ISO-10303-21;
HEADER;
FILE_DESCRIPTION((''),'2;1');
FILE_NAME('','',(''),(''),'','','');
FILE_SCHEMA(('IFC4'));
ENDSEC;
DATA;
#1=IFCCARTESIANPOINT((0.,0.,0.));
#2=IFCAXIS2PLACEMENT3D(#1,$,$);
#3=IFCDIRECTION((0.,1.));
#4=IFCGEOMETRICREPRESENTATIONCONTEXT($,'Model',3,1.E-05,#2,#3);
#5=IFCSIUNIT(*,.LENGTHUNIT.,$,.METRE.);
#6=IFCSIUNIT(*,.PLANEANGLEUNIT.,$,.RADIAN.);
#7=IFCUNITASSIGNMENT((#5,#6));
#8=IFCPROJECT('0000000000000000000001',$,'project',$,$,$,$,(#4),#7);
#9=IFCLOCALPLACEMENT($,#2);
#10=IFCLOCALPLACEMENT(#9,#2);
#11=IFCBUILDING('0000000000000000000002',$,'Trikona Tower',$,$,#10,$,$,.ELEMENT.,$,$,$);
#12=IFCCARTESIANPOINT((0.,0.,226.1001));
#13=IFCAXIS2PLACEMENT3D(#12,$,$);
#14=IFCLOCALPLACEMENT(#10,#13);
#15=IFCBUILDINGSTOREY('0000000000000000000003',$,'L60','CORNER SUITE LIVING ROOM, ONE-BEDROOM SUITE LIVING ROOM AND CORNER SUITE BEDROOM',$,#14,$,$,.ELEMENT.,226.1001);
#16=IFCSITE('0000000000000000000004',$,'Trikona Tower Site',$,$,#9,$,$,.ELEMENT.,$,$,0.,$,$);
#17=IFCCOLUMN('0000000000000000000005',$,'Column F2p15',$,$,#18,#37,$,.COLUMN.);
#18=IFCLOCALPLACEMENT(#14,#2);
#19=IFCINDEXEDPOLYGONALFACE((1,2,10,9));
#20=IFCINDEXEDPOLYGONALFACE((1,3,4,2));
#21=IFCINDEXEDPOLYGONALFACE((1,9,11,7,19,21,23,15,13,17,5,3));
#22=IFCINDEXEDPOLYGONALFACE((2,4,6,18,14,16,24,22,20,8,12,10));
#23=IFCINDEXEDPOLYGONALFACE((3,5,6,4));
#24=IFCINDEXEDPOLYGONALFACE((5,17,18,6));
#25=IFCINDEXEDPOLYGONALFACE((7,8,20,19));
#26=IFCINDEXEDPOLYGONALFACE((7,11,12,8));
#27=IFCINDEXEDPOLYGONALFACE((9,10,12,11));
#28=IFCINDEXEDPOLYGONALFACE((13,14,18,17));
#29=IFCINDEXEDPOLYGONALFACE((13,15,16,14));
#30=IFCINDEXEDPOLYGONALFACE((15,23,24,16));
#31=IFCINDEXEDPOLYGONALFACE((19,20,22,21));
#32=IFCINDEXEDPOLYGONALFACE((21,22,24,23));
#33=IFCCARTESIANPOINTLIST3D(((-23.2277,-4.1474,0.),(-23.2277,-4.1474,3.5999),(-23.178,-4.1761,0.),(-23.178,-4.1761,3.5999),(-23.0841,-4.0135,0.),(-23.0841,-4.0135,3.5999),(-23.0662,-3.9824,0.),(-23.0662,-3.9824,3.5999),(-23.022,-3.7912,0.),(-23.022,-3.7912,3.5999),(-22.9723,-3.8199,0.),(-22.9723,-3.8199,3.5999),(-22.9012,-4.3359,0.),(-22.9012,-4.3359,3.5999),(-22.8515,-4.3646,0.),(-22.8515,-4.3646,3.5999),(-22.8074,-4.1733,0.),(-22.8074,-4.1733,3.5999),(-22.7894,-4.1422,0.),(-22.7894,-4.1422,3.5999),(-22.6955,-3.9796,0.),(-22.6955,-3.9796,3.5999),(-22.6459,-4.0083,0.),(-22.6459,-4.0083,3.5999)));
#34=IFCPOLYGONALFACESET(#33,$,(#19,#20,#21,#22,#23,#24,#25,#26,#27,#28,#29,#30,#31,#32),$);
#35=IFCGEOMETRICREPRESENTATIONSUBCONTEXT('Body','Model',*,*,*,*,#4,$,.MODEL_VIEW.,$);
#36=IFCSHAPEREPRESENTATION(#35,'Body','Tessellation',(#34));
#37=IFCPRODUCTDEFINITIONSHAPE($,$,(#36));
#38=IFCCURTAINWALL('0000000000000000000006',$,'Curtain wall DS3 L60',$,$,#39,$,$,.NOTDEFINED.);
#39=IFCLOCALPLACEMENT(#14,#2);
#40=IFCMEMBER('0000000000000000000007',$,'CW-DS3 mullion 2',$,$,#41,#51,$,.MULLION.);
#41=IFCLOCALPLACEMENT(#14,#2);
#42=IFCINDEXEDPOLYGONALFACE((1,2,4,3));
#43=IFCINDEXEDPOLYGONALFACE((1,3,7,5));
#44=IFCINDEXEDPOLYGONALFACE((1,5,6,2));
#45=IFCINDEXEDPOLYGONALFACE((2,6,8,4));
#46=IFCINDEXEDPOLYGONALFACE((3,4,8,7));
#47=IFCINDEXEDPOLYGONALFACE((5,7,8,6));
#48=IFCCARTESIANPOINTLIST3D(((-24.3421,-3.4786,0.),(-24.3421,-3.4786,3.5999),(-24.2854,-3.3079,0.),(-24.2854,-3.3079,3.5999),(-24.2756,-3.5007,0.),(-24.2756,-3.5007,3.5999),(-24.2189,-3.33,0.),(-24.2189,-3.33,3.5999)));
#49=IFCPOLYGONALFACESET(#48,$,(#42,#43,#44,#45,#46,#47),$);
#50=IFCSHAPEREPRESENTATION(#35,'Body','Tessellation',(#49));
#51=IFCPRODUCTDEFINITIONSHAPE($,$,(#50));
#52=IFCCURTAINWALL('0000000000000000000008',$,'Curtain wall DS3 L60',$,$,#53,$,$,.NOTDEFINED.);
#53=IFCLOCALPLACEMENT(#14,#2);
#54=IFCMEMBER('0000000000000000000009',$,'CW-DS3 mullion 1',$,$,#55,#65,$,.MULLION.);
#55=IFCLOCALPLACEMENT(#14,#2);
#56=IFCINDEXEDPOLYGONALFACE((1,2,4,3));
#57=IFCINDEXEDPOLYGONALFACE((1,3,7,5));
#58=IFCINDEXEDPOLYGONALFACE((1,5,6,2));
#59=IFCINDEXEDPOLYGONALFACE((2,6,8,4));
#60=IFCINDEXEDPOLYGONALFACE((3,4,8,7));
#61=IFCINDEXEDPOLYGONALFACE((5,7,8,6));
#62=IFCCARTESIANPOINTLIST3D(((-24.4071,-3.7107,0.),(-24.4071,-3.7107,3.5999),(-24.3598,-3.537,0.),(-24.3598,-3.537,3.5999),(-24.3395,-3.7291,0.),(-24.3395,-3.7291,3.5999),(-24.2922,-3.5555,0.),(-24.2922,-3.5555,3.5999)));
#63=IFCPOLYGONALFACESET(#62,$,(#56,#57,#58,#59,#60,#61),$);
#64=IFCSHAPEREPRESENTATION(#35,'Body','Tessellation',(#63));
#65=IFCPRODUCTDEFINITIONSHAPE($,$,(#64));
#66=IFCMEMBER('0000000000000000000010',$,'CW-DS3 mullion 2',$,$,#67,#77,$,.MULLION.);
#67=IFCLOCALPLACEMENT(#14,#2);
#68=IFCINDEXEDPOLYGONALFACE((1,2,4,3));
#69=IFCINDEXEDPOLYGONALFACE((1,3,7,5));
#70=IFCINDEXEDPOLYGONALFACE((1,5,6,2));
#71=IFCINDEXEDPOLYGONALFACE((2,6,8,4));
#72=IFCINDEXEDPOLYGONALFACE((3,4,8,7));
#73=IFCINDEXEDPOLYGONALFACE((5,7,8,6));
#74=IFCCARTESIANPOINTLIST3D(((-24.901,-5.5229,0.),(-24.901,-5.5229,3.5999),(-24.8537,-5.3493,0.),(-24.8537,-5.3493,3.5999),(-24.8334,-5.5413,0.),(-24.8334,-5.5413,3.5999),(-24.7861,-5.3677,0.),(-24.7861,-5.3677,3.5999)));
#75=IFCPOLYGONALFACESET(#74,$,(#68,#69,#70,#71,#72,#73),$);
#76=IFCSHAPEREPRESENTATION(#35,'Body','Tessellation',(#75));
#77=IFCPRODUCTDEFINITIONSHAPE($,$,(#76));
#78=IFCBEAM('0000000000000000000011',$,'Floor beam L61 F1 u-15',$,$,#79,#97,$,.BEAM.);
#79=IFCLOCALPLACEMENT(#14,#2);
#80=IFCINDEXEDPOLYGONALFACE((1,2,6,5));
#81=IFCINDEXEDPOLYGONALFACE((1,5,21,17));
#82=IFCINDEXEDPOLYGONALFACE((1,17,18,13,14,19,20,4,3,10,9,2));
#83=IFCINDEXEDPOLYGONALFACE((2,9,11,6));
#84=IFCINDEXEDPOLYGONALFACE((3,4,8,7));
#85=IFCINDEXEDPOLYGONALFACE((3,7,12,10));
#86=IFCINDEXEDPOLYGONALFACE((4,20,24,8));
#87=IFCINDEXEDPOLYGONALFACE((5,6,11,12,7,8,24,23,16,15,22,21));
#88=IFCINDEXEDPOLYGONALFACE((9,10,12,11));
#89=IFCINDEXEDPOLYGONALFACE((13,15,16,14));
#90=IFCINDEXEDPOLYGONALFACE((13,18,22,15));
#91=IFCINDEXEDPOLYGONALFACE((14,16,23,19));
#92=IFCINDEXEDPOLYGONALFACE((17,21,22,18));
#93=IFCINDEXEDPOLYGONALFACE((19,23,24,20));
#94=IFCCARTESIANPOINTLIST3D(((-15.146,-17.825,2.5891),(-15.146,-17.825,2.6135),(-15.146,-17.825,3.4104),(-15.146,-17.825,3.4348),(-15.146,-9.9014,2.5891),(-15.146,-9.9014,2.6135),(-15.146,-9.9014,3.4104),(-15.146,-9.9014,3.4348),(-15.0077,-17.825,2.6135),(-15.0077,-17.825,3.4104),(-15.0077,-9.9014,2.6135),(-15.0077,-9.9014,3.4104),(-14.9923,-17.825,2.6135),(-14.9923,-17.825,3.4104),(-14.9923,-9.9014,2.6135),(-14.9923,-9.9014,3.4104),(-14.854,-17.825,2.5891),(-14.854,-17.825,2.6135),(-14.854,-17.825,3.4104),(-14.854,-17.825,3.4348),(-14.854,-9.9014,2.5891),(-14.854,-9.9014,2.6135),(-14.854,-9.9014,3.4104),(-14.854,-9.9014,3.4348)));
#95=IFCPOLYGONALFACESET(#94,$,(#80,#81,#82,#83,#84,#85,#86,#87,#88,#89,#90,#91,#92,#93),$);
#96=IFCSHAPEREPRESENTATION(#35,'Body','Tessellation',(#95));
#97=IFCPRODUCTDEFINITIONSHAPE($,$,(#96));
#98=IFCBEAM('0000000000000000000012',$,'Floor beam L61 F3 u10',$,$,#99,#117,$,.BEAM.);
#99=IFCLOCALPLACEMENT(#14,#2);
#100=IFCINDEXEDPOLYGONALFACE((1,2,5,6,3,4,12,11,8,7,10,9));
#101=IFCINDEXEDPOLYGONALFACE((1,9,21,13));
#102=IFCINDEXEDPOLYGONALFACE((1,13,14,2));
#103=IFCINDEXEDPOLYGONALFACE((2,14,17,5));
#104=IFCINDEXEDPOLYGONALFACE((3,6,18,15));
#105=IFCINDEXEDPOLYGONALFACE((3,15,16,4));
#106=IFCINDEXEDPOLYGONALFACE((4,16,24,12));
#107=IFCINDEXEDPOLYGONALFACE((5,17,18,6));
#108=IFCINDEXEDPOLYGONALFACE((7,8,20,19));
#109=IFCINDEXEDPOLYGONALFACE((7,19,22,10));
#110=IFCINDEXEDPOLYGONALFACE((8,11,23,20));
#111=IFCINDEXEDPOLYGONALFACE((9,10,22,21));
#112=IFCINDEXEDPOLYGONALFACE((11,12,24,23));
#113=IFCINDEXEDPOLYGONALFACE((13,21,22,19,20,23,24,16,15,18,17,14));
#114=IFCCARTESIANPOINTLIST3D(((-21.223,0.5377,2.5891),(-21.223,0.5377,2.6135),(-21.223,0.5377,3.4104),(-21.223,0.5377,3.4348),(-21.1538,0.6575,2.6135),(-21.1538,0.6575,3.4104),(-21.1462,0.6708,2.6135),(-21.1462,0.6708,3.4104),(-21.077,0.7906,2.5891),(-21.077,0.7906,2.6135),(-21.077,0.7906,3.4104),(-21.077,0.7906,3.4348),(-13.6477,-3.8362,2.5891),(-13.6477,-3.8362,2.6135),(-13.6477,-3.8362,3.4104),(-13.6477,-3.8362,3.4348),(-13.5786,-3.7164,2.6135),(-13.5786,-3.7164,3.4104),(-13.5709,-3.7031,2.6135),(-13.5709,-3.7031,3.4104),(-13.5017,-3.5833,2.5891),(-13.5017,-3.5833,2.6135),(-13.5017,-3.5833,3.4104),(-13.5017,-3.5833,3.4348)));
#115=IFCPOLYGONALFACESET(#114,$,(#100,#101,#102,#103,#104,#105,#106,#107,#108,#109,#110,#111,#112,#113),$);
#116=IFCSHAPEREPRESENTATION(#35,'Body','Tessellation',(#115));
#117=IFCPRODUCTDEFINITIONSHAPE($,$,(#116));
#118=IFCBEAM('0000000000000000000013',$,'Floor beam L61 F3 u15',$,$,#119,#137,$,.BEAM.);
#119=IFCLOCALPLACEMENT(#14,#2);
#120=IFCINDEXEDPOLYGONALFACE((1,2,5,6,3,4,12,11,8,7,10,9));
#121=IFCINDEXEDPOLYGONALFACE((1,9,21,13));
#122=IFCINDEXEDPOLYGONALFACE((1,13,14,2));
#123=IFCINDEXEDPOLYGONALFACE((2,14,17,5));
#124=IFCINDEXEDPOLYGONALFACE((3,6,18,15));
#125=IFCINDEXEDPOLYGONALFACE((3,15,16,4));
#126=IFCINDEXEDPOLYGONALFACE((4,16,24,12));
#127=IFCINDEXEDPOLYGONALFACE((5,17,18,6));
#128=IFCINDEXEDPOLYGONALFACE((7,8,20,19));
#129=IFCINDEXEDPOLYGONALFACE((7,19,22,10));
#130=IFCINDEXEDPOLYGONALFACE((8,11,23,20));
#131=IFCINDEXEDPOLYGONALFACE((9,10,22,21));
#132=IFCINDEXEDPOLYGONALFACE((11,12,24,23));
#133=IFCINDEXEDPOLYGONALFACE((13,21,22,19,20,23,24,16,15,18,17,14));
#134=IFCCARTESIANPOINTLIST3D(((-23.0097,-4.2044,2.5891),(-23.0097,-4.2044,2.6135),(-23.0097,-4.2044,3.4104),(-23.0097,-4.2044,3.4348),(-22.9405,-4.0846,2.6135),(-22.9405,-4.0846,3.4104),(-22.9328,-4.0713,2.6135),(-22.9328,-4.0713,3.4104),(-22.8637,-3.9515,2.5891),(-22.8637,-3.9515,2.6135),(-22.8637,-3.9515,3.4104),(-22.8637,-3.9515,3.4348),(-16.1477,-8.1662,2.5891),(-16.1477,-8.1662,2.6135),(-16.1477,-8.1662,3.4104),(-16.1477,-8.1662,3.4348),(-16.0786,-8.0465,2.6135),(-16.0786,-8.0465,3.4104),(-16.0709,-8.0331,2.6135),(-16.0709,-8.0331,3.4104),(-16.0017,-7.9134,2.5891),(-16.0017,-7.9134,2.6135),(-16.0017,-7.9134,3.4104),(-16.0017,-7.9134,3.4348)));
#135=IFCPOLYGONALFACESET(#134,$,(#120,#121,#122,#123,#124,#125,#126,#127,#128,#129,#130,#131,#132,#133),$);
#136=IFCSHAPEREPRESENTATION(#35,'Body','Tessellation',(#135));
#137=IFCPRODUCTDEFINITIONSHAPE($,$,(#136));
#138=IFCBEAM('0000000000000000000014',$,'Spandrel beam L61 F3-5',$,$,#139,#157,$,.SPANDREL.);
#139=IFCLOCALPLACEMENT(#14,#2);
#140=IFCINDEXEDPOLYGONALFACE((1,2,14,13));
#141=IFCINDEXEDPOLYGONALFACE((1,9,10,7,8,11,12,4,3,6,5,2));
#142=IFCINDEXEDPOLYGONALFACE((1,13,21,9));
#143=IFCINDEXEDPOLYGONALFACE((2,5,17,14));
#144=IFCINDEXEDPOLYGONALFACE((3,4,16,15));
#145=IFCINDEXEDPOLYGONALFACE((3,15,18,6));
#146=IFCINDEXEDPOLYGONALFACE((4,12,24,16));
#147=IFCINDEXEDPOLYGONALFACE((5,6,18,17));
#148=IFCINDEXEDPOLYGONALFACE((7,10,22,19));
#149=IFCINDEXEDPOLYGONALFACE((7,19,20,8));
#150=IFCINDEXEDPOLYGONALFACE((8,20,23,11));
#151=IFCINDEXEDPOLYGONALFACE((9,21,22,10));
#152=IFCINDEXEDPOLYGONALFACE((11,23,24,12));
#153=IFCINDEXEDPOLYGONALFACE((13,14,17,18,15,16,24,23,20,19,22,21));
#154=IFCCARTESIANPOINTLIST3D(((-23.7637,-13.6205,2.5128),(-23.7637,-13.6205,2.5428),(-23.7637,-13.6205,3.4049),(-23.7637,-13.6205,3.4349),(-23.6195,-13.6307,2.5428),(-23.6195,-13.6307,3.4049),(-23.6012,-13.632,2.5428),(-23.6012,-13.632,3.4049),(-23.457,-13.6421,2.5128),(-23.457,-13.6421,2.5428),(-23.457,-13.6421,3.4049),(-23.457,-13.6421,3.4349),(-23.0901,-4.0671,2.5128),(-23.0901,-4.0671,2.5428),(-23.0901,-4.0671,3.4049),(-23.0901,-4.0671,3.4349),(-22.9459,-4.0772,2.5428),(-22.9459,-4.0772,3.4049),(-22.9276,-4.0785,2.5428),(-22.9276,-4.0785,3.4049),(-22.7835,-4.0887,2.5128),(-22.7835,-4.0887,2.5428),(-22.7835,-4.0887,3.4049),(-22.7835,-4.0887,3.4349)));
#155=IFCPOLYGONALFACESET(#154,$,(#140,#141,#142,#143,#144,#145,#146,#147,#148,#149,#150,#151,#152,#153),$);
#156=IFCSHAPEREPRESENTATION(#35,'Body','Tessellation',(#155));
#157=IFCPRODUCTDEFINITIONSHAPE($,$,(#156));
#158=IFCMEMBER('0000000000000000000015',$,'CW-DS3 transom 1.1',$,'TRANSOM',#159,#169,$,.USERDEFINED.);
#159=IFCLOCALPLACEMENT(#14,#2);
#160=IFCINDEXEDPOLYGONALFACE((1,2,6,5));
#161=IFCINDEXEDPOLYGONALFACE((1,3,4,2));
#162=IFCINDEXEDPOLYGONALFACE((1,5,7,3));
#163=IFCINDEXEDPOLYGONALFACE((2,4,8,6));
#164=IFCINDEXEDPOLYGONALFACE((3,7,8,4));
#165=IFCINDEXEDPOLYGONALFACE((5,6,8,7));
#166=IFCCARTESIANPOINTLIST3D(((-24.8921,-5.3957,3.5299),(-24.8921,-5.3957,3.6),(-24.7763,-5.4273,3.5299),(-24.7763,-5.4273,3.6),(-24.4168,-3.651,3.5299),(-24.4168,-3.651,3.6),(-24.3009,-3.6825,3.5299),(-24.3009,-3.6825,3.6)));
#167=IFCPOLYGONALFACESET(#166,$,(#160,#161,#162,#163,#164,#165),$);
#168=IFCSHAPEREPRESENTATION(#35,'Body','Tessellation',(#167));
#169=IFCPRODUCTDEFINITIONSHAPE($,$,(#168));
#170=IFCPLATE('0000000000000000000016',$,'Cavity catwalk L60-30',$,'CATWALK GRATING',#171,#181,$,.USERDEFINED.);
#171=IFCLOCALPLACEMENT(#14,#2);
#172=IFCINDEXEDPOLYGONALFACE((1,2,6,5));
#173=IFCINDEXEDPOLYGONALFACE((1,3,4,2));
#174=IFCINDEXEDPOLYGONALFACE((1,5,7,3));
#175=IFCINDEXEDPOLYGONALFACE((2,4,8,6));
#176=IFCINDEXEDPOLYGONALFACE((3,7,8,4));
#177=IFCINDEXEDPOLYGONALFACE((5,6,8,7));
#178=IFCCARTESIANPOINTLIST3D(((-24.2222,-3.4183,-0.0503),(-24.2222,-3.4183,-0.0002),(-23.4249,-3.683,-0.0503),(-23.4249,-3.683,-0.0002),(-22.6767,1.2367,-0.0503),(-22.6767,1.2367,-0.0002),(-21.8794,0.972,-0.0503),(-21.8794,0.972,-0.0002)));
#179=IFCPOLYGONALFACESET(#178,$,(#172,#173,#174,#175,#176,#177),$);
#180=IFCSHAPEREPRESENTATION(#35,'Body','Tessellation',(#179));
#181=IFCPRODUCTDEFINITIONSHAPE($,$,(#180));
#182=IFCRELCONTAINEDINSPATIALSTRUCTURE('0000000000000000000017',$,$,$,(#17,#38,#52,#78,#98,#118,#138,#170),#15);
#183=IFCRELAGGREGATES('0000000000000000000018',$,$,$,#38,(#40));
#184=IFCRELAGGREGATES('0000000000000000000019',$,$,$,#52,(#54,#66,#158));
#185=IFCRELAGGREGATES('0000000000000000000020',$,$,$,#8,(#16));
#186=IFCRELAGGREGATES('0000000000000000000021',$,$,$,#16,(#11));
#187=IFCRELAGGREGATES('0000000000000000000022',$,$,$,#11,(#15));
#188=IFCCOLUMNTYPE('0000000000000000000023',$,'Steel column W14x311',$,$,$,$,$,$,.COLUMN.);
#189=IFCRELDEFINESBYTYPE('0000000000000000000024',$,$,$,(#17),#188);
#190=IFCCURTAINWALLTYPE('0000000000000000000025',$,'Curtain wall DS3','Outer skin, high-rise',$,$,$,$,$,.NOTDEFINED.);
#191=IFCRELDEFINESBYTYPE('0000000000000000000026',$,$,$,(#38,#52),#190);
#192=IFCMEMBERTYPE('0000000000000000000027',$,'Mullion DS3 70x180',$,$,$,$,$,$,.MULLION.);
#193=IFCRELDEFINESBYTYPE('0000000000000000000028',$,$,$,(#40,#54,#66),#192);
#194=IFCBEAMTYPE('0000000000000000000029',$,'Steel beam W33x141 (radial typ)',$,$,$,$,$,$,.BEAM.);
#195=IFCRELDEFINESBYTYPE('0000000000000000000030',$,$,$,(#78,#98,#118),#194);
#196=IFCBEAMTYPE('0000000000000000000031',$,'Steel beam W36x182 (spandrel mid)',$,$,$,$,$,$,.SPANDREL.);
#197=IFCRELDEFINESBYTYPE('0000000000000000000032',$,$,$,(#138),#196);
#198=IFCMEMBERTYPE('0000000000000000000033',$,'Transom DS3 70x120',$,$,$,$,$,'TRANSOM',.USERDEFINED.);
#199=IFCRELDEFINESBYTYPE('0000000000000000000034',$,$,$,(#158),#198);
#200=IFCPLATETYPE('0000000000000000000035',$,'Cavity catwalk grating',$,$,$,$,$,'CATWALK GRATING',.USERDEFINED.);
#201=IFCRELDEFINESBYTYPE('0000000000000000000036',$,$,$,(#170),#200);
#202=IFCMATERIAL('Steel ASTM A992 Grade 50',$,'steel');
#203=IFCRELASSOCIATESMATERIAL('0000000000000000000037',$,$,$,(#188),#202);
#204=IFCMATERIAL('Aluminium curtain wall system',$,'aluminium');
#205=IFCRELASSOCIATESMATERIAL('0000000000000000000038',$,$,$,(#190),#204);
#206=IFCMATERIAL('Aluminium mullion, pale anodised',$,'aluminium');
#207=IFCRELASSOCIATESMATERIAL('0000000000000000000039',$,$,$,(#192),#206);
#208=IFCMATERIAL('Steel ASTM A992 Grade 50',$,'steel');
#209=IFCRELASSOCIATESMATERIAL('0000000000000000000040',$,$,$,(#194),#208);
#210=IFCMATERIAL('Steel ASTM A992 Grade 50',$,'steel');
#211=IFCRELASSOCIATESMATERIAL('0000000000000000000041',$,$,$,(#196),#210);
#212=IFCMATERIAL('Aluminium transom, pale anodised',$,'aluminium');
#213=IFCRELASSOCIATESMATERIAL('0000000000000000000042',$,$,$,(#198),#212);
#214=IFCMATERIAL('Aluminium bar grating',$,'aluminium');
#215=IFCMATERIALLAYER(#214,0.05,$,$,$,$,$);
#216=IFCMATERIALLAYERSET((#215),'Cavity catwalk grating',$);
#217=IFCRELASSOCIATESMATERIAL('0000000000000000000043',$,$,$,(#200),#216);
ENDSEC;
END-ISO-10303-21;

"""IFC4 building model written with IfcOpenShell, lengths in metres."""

from ifc_helpers import new_model, si_unit, direction, frame, origin, origin_2d, place, context, subcontext, project, spatial, rectangle, i_section, extrude, material, layer, layer_set, material_profile, profile_set, type_object, element, aggregate, save


model = new_model("IFC4")

# Units and contexts
model_context = context("Model", 3, precision=1e-05, world=origin(), true_north=direction((0.0, 1.0)))
body_context = subcontext(model_context, "Body", "Model", "MODEL_VIEW")
ifc_project = project(units=[si_unit("LENGTHUNIT", "METRE"), si_unit("PLANEANGLEUNIT", "RADIAN")], contexts=[model_context])

# Site, building, storey
site_placement = place(None, origin())
site = spatial("IfcSite", under=ifc_project, at=site_placement, Name="Trikona Tower Site", CompositionType="ELEMENT", RefElevation=0.0)
building_placement = place(site_placement, origin())
building = spatial("IfcBuilding", under=site, at=building_placement, Name="Trikona Tower", CompositionType="ELEMENT")
storey_placement = place(building_placement, frame((0.0, 0.0, 226.1001)))
storey = spatial("IfcBuildingStorey", under=building, at=storey_placement, Name="L60", Description="CORNER SUITE LIVING ROOM, ONE-BEDROOM SUITE LIVING ROOM AND CORNER SUITE BEDROOM", CompositionType="ELEMENT", Elevation=226.1001)

# Column
ifc_material_1 = material(Name="Steel ASTM A992 Grade 50", Category="steel")
ifc_material_profile_1 = material_profile(ifc_material_1, i_section(OverallWidth=0.4114, OverallDepth=0.4343, WebThickness=0.0359, FlangeThickness=0.0574, at=origin_2d()), Name="W14X311")
ifc_profile_set_1 = profile_set([ifc_material_profile_1], Name="Steel ASTM A992 Grade 50")
column_type = type_object("IfcColumnType", Name="Steel column W14x311", PredefinedType="COLUMN", material=ifc_profile_set_1)
column_placement = place(storey_placement, frame((-22.9368, -4.0779, 0.0), z_axis=(0.0, 0.0, 1.0), x_axis=(-0.5, -0.866025, 0.0)))
element("IfcColumn", 1, at=column_placement, inside=storey, type_object=column_type, Name="Column F2p15", PredefinedType="COLUMN", context=body_context, shape_type="SweptSolid", body=[
    extrude(i_section(OverallWidth=0.4114, OverallDepth=0.4343, WebThickness=0.0359, FlangeThickness=0.0574, at=origin_2d()), origin(), (0.0, 0.0, 1.0), 3.5999),
])

# Curtain wall, member
ifc_material_2 = material(Name="Aluminium curtain wall system", Category="aluminium")
curtain_wall_type = type_object("IfcCurtainWallType", Name="Curtain wall DS3", Description="Outer skin, high-rise", PredefinedType="NOTDEFINED", material=ifc_material_2)
curtain_wall_1_placement = place(storey_placement, origin())
curtain_wall_1 = element("IfcCurtainWall", 2, at=curtain_wall_1_placement, inside=storey, type_object=curtain_wall_type, Name="Curtain wall DS3 L60", PredefinedType="NOTDEFINED")
ifc_material_3 = material(Name="Aluminium mullion, pale anodised", Category="aluminium")
ifc_material_profile_2 = material_profile(ifc_material_3, rectangle(XDim=0.0701, YDim=0.1799, at=origin_2d()), Name="MUL-DS3")
ifc_profile_set_2 = profile_set([ifc_material_profile_2], Name="Aluminium mullion, pale anodised")
member_type_1 = type_object("IfcMemberType", Name="Mullion DS3 70x180", PredefinedType="MULLION", material=ifc_profile_set_2)
member_1_placement = place(storey_placement, frame((-24.2805, -3.4043, 0.0), z_axis=(0.0, 0.0, 1.0), x_axis=(0.949066, -0.315078, 0.0)))
member_1 = element("IfcMember", 3, at=member_1_placement, type_object=member_type_1, Name="CW-DS3 mullion 2", PredefinedType="MULLION", context=body_context, shape_type="SweptSolid", body=[
    extrude(rectangle(XDim=0.0701, YDim=0.1799, at=origin_2d()), origin(), (0.0, 0.0, 1.0), 3.5999),
])
aggregate(curtain_wall_1, [member_1])

# Curtain wall, members
curtain_wall_2_placement = place(storey_placement, origin())
curtain_wall_2 = element("IfcCurtainWall", 4, at=curtain_wall_2_placement, inside=storey, type_object=curtain_wall_type, Name="Curtain wall DS3 L60", PredefinedType="NOTDEFINED")
member_2_placement = place(storey_placement, frame((-24.3496, -3.6331, 0.0), z_axis=(0.0, 0.0, 1.0), x_axis=(0.964838, -0.262844, 0.0)))
member_2 = element("IfcMember", 5, at=member_2_placement, type_object=member_type_1, Name="CW-DS3 mullion 1", PredefinedType="MULLION", context=body_context, shape_type="SweptSolid", body=[
    extrude(rectangle(XDim=0.0701, YDim=0.1799, at=origin_2d()), origin(), (0.0, 0.0, 1.0), 3.5999),
])
member_3_placement = place(storey_placement, frame((-24.8435, -5.4453, 0.0), z_axis=(0.0, 0.0, 1.0), x_axis=(0.964838, -0.262844, 0.0)))
member_3 = element("IfcMember", 6, at=member_3_placement, type_object=member_type_1, Name="CW-DS3 mullion 2", PredefinedType="MULLION", context=body_context, shape_type="SweptSolid", body=[
    extrude(rectangle(XDim=0.0701, YDim=0.1799, at=origin_2d()), origin(), (0.0, 0.0, 1.0), 3.5999),
])

# Beams
ifc_material_4 = material(Name="Steel ASTM A992 Grade 50", Category="steel")
ifc_material_profile_3 = material_profile(ifc_material_4, i_section(OverallWidth=0.292, OverallDepth=0.8457, WebThickness=0.0154, FlangeThickness=0.0244, at=origin_2d()), Name="W33X141")
ifc_profile_set_3 = profile_set([ifc_material_profile_3], Name="Steel ASTM A992 Grade 50")
beam_type_1 = type_object("IfcBeamType", Name="Steel beam W33x141 (radial typ)", PredefinedType="BEAM", material=ifc_profile_set_3)
beam_1_placement = place(storey_placement, frame((-15.0, -9.9014, 3.012), z_axis=(0.0, -1.0, 0.0), x_axis=(1.0, 0.0, 0.0)))
element("IfcBeam", 7, at=beam_1_placement, inside=storey, type_object=beam_type_1, Name="Floor beam L61 F1 u-15", PredefinedType="BEAM", context=body_context, shape_type="SweptSolid", body=[
    extrude(i_section(OverallWidth=0.292, OverallDepth=0.8457, WebThickness=0.0154, FlangeThickness=0.0244, at=origin_2d()), origin(), (0.0, 0.0, 1.0), 7.9236),
])
beam_2_placement = place(storey_placement, frame((-13.5747, -3.7097, 3.012), z_axis=(-0.866014, 0.50002, 0.0), x_axis=(-0.50002, -0.866014, 0.0)))
element("IfcBeam", 8, at=beam_2_placement, inside=storey, type_object=beam_type_1, Name="Floor beam L61 F3 u10", PredefinedType="BEAM", context=body_context, shape_type="SweptSolid", body=[
    extrude(i_section(OverallWidth=0.292, OverallDepth=0.8457, WebThickness=0.0154, FlangeThickness=0.0244, at=origin_2d()), origin(), (0.0, 0.0, 1.0), 8.7473),
])
beam_3_placement = place(storey_placement, frame((-16.0747, -8.0398, 3.012), z_axis=(-0.86602, 0.50001, 0.0), x_axis=(-0.50001, -0.86602, 0.0)))
element("IfcBeam", 9, at=beam_3_placement, inside=storey, type_object=beam_type_1, Name="Floor beam L61 F3 u15", PredefinedType="BEAM", context=body_context, shape_type="SweptSolid", body=[
    extrude(i_section(OverallWidth=0.292, OverallDepth=0.8457, WebThickness=0.0154, FlangeThickness=0.0244, at=origin_2d()), origin(), (0.0, 0.0, 1.0), 7.9236),
])
ifc_material_5 = material(Name="Steel ASTM A992 Grade 50", Category="steel")
ifc_material_profile_4 = material_profile(ifc_material_5, i_section(OverallWidth=0.3074, OverallDepth=0.9221, WebThickness=0.0183, FlangeThickness=0.03, at=origin_2d()), Name="W36X182")
ifc_profile_set_4 = profile_set([ifc_material_profile_4], Name="Steel ASTM A992 Grade 50")
beam_type_2 = type_object("IfcBeamType", Name="Steel beam W36x182 (spandrel mid)", PredefinedType="SPANDREL", material=ifc_profile_set_4)
beam_4_placement = place(storey_placement, frame((-22.9368, -4.0779, 2.9739), z_axis=(-0.070332, -0.997524, 0.0), x_axis=(0.997524, -0.070332, 0.0)))
element("IfcBeam", 10, at=beam_4_placement, inside=storey, type_object=beam_type_2, Name="Spandrel beam L61 F3-5", PredefinedType="SPANDREL", context=body_context, shape_type="SweptSolid", body=[
    extrude(i_section(OverallWidth=0.3074, OverallDepth=0.9221, WebThickness=0.0183, FlangeThickness=0.03, at=origin_2d()), origin(), (0.0, 0.0, 1.0), 9.5771),
])

# Member
ifc_material_6 = material(Name="Aluminium transom, pale anodised", Category="aluminium")
ifc_material_profile_5 = material_profile(ifc_material_6, rectangle(XDim=0.1201, YDim=0.0701, at=origin_2d()), Name="TRN-DS3")
ifc_profile_set_5 = profile_set([ifc_material_profile_5], Name="Aluminium transom, pale anodised")
member_type_2 = type_object("IfcMemberType", Name="Transom DS3 70x120", ElementType="TRANSOM", PredefinedType="USERDEFINED", material=ifc_profile_set_5)
member_4_placement = place(storey_placement, frame((-24.3589, -3.6667, 3.5649), z_axis=(-0.262843, -0.964839, 0.0), x_axis=(0.964839, -0.262843, 0.0)))
member_4 = element("IfcMember", 11, at=member_4_placement, type_object=member_type_2, Name="CW-DS3 transom 1.1", ObjectType="TRANSOM", PredefinedType="USERDEFINED", context=body_context, shape_type="SweptSolid", body=[
    extrude(rectangle(XDim=0.1201, YDim=0.0701, at=origin_2d()), origin(), (0.0, 0.0, 1.0), 1.8083),
])

# Plate
ifc_material_7 = material(Name="Aluminium bar grating", Category="aluminium")
ifc_layer_1 = layer(ifc_material_7, 0.05)
ifc_layer_set_1 = layer_set([ifc_layer_1], Name="Cavity catwalk grating")
plate_type_1 = type_object("IfcPlateType", Name="Cavity catwalk grating", ElementType="CATWALK GRATING", PredefinedType="USERDEFINED", material=ifc_layer_set_1)
plate_1_placement = place(storey_placement, frame((-23.0508, -1.2231, -0.0503), z_axis=(0.0, 0.0, 1.0), x_axis=(-0.315093, -0.949061, 0.0)))
element("IfcPlate", 12, at=plate_1_placement, inside=storey, type_object=plate_type_1, Name="Cavity catwalk L60-30", ObjectType="CATWALK GRATING", PredefinedType="USERDEFINED", context=body_context, shape_type="SweptSolid", body=[
    extrude(rectangle(XDim=4.9048, YDim=0.8401, at=origin_2d()), origin(), (0.0, 0.0, 1.0), 0.05),
])

aggregate(curtain_wall_2, [member_2, member_3, member_4])

save(model, "model.ifc")
